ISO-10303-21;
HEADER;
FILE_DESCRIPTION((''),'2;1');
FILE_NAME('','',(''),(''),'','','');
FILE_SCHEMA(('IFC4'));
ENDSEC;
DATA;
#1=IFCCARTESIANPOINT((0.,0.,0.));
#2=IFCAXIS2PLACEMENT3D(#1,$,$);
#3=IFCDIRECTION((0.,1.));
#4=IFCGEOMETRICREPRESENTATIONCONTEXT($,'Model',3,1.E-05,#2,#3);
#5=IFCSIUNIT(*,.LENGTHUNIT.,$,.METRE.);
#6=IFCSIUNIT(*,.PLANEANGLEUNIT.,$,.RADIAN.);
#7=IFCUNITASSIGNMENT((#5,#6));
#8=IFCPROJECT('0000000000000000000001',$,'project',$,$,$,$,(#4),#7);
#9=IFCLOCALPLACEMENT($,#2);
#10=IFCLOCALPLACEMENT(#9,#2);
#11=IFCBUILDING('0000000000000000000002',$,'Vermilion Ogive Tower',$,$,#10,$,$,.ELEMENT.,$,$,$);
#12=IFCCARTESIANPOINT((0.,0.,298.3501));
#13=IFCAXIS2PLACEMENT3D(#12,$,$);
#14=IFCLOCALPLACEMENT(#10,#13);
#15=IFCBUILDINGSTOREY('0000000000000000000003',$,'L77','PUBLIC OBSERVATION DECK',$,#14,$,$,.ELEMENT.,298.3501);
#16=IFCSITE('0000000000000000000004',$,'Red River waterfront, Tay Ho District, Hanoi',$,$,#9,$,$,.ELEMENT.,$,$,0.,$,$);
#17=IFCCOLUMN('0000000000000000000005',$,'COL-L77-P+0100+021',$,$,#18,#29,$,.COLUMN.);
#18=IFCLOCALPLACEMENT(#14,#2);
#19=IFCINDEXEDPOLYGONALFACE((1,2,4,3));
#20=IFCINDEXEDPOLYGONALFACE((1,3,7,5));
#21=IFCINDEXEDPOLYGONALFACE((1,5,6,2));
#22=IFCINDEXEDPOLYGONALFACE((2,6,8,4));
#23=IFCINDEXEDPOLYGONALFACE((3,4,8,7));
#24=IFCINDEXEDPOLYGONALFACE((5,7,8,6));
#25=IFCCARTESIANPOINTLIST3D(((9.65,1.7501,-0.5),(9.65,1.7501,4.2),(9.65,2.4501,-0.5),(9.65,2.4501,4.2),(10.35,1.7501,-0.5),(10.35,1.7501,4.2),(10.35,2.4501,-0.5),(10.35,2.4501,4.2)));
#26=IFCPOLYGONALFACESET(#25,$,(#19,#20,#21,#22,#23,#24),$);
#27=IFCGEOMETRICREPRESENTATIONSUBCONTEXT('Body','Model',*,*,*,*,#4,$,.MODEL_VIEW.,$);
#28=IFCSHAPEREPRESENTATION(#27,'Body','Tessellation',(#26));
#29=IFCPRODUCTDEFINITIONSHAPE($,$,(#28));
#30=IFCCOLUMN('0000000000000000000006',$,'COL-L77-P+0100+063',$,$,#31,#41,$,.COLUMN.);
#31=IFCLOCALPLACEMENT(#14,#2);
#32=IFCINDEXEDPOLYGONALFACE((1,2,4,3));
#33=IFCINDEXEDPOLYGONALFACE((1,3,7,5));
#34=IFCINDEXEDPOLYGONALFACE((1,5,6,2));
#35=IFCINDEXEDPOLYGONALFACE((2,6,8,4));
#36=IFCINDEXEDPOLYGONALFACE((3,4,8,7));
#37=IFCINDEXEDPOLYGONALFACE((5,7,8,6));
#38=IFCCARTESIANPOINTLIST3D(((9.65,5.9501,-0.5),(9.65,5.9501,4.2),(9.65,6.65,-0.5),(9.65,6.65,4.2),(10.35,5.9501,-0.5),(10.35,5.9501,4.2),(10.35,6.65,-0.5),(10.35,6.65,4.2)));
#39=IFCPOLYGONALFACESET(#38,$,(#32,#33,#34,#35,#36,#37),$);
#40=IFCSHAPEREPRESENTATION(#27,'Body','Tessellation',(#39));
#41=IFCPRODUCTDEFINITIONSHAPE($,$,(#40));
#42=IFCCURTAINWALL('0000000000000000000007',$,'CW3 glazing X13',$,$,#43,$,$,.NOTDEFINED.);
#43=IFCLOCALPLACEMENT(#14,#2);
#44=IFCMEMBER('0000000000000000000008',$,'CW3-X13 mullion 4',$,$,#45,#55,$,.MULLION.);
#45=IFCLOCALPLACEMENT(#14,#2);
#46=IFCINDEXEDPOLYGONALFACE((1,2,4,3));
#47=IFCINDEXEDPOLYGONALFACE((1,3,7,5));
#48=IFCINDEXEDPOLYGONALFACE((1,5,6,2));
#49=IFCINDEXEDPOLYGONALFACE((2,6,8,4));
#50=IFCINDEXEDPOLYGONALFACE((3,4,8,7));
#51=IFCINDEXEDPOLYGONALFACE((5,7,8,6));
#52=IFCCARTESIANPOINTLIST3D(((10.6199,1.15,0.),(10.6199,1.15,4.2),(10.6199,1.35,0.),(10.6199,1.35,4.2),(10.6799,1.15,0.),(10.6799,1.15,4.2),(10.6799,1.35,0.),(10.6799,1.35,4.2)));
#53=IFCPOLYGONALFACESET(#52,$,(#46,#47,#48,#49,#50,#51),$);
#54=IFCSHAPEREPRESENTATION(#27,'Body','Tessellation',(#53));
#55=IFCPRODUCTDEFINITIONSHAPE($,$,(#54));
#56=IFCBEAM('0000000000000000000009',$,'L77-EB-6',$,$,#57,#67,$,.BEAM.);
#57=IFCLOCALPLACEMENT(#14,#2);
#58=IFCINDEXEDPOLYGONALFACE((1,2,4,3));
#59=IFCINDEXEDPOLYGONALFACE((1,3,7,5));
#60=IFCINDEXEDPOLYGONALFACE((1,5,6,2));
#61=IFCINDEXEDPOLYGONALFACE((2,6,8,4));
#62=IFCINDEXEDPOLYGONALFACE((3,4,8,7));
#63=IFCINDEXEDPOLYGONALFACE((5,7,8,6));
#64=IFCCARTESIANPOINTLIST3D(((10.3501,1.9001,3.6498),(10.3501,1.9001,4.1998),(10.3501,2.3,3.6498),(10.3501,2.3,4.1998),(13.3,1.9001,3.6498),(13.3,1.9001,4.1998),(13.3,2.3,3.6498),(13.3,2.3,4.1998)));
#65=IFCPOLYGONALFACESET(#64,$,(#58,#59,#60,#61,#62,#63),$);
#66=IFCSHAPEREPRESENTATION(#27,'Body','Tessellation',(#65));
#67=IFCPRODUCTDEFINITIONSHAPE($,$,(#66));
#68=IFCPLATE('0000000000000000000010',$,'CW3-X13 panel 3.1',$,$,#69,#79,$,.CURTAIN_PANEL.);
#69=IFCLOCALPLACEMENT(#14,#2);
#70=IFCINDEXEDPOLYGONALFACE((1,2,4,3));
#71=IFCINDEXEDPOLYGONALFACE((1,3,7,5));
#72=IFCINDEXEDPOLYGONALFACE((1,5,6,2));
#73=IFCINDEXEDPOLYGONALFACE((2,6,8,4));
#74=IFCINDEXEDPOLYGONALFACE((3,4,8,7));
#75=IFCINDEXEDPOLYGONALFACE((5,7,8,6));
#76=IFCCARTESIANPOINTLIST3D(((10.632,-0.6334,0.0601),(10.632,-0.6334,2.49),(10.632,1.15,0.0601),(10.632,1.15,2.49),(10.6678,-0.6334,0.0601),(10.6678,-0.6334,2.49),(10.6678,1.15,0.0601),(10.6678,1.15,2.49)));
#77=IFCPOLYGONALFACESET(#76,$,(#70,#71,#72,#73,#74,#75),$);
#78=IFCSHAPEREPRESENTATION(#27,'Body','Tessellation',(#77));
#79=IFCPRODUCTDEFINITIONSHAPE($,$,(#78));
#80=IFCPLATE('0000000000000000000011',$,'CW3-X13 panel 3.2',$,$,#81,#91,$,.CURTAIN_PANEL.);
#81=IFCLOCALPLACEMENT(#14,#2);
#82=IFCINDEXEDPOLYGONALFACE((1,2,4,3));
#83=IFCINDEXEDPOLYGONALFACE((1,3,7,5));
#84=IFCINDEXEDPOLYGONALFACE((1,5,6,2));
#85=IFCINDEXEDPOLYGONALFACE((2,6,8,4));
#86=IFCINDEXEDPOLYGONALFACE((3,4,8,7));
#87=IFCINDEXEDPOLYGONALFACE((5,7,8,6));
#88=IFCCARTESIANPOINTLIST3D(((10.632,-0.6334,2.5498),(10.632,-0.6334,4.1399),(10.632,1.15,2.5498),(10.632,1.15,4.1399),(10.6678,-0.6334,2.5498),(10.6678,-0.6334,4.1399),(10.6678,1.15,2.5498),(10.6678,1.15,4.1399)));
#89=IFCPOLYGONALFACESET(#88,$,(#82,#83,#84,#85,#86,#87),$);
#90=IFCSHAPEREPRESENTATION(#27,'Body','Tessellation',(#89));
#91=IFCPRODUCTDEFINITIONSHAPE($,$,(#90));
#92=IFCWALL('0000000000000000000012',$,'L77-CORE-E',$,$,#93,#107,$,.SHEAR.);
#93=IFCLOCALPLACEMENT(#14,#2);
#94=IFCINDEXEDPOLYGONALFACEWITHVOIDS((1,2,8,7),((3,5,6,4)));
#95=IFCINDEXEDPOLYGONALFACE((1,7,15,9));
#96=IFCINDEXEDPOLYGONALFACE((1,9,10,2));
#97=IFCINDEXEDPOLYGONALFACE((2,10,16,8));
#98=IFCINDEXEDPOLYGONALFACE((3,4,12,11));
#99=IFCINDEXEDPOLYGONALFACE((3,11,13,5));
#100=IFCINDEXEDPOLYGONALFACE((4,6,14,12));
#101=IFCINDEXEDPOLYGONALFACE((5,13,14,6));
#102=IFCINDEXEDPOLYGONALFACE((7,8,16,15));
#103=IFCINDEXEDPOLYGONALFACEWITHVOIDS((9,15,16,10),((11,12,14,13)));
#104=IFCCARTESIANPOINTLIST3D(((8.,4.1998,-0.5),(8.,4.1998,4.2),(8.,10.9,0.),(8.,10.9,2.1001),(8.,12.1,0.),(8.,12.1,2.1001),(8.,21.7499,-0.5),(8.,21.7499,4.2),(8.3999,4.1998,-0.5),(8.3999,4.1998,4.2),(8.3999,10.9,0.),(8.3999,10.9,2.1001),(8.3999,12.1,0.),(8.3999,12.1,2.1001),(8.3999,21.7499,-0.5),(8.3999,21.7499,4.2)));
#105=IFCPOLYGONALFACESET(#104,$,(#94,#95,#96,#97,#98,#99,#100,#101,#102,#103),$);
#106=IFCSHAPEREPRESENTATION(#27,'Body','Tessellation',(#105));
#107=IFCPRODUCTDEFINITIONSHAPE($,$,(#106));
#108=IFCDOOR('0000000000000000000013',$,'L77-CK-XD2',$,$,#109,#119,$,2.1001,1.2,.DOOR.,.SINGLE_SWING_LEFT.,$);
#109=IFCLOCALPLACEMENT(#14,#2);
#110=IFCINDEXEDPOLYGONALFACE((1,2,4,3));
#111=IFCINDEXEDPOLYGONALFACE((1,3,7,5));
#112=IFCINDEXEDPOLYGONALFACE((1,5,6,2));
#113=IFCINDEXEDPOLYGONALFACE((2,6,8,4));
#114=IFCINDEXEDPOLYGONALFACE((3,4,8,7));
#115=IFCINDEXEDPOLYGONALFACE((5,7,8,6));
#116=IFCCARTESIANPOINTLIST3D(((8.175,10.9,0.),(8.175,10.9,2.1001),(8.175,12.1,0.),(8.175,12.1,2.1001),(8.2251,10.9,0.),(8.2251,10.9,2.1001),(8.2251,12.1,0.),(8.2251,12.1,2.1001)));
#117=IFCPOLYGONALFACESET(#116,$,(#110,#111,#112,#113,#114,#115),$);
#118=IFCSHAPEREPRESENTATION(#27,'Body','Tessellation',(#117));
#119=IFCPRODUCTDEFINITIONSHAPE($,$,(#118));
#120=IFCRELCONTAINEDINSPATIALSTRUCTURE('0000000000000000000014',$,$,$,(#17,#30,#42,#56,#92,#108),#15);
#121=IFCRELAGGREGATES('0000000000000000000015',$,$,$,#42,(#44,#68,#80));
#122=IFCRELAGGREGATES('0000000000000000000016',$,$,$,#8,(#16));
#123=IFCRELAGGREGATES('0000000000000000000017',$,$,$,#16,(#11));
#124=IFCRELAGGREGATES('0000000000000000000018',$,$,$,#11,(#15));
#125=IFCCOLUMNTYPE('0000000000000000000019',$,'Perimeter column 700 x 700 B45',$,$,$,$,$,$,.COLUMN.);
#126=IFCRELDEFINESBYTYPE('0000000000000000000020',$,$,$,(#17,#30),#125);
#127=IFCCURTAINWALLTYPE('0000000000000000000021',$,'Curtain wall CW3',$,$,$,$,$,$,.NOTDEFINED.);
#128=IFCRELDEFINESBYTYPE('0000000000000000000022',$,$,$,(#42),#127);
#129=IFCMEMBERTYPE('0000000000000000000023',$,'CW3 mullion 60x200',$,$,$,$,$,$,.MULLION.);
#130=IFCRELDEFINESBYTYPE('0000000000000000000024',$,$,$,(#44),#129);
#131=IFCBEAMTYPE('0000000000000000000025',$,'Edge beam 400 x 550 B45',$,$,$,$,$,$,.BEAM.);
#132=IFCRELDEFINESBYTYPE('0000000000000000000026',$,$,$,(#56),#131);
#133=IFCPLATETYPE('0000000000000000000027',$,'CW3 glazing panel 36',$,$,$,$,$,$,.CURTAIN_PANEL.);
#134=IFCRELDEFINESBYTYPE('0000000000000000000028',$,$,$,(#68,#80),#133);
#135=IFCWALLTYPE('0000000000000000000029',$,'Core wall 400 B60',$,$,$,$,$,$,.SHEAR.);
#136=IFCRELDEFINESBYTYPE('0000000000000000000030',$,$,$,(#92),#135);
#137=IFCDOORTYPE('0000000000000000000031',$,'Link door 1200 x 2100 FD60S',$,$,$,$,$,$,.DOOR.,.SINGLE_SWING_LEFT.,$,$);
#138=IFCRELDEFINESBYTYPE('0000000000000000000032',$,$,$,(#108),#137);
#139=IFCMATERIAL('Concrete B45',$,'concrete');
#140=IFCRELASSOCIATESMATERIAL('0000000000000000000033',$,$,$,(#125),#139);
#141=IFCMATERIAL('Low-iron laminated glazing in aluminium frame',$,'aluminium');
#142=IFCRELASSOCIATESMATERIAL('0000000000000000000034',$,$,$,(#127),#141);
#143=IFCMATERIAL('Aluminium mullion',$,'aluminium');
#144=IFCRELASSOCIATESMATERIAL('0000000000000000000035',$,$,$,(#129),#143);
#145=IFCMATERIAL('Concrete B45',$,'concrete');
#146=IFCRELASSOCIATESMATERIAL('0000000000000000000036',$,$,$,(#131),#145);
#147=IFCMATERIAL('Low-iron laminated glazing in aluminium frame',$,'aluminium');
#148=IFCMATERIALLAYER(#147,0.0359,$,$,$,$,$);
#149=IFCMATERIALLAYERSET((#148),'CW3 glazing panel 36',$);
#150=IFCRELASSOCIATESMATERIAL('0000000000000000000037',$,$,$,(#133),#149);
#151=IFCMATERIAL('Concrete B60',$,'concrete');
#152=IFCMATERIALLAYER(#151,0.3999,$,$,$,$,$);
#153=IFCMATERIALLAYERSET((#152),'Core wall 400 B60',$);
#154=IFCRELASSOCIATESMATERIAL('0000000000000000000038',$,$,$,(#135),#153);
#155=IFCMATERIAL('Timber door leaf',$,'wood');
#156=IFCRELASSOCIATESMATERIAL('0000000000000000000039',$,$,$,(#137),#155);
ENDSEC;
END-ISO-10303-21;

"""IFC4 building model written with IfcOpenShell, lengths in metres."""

from ifc_helpers import new_model, si_unit, direction, frame, frame_2d, origin, origin_2d, place, context, subcontext, project, spatial, rectangle, extrude, material, layer, layer_set, material_profile, profile_set, type_object, element, fill, aggregate, save


model = new_model("IFC4")

# Units and contexts
model_context = context("Model", 3, precision=1e-05, world=origin(), true_north=direction((0.0, 1.0)))
body_context = subcontext(model_context, "Body", "Model", "MODEL_VIEW")
ifc_project = project(units=[si_unit("LENGTHUNIT", "METRE"), si_unit("PLANEANGLEUNIT", "RADIAN")], contexts=[model_context])

# Site, building, storey
site_placement = place(None, origin())
site = spatial("IfcSite", under=ifc_project, at=site_placement, Name="Red River waterfront, Tay Ho District, Hanoi", CompositionType="ELEMENT", RefElevation=0.0)
building_placement = place(site_placement, origin())
building = spatial("IfcBuilding", under=site, at=building_placement, Name="Vermilion Ogive Tower", CompositionType="ELEMENT")
storey_placement = place(building_placement, frame((0.0, 0.0, 298.3501)))
storey = spatial("IfcBuildingStorey", under=building, at=storey_placement, Name="L77", Description="PUBLIC OBSERVATION DECK", CompositionType="ELEMENT", Elevation=298.3501)

# Columns
ifc_material_1 = material(Name="Concrete B45", Category="concrete")
ifc_material_profile_1 = material_profile(ifc_material_1, rectangle(XDim=0.7, YDim=0.7, at=origin_2d()), Name="700 x 700")
ifc_profile_set_1 = profile_set([ifc_material_profile_1], Name="Concrete B45")
column_type = type_object("IfcColumnType", Name="Perimeter column 700 x 700 B45", PredefinedType="COLUMN", material=ifc_profile_set_1)
for number, where, z_axis, x_axis, name in (
    (1, (10.0, 2.1001, -0.5), (0.0, 0.0, 1.0), (1.0, 0.0, 0.0), "COL-L77-P+0100+021"),
    (2, (10.0, 6.3, -0.5), (0.0, 0.0, 1.0), (1.0, 0.0, 0.0), "COL-L77-P+0100+063"),
):
    element("IfcColumn", number, at=place(storey_placement, frame(where, z_axis=z_axis, x_axis=x_axis)), inside=storey, type_object=column_type, Name=name, PredefinedType="COLUMN", context=body_context, shape_type="SweptSolid", body=[
        extrude(rectangle(XDim=0.7, YDim=0.7, at=origin_2d()), origin(), (0.0, 0.0, 1.0), 4.7),
    ])

# Curtain wall, member
ifc_material_2 = material(Name="Low-iron laminated glazing in aluminium frame", Category="aluminium")
curtain_wall_type = type_object("IfcCurtainWallType", Name="Curtain wall CW3", PredefinedType="NOTDEFINED", material=ifc_material_2)
curtain_wall_placement = place(storey_placement, origin())
curtain_wall = element("IfcCurtainWall", 3, at=curtain_wall_placement, inside=storey, type_object=curtain_wall_type, Name="CW3 glazing X13", PredefinedType="NOTDEFINED")
ifc_material_3 = material(Name="Aluminium mullion", Category="aluminium")
ifc_material_profile_2 = material_profile(ifc_material_3, rectangle(XDim=0.0601, YDim=0.2, at=origin_2d()), Name="AL 60x200")
ifc_profile_set_2 = profile_set([ifc_material_profile_2], Name="Aluminium mullion")
member_type = type_object("IfcMemberType", Name="CW3 mullion 60x200", PredefinedType="MULLION", material=ifc_profile_set_2)
member_placement = place(storey_placement, frame((10.6499, 1.25, 0.0), z_axis=(0.0, 0.0, 1.0), x_axis=(-1.0, 0.0, 0.0)))
member = element("IfcMember", 4, at=member_placement, type_object=member_type, Name="CW3-X13 mullion 4", PredefinedType="MULLION", context=body_context, shape_type="SweptSolid", body=[
    extrude(rectangle(XDim=0.0601, YDim=0.2, at=origin_2d()), origin(), (0.0, 0.0, 1.0), 4.2),
])

# Beam
ifc_material_4 = material(Name="Concrete B45", Category="concrete")
ifc_material_profile_3 = material_profile(ifc_material_4, rectangle(XDim=0.3999, YDim=0.55, at=origin_2d()), Name="400 x 550")
ifc_profile_set_3 = profile_set([ifc_material_profile_3], Name="Concrete B45")
beam_type = type_object("IfcBeamType", Name="Edge beam 400 x 550 B45", PredefinedType="BEAM", material=ifc_profile_set_3)
beam_placement = place(storey_placement, frame((10.3501, 2.1001, 3.9248), z_axis=(1.0, 0.0, 0.0), x_axis=(0.0, 1.0, 0.0)))
element("IfcBeam", 5, at=beam_placement, inside=storey, type_object=beam_type, Name="L77-EB-6", PredefinedType="BEAM", context=body_context, shape_type="SweptSolid", body=[
    extrude(rectangle(XDim=0.3999, YDim=0.55, at=origin_2d()), origin(), (0.0, 0.0, 1.0), 2.95),
])

# Plates
ifc_material_5 = material(Name="Low-iron laminated glazing in aluminium frame", Category="aluminium")
ifc_layer_1 = layer(ifc_material_5, 0.0359)
ifc_layer_set_1 = layer_set([ifc_layer_1], Name="CW3 glazing panel 36")
plate_type = type_object("IfcPlateType", Name="CW3 glazing panel 36", PredefinedType="CURTAIN_PANEL", material=ifc_layer_set_1)
plate_1_placement = place(storey_placement, frame((10.6499, 0.2583, 0.0601), z_axis=(0.0, 0.0, 1.0), x_axis=(0.0, 1.0, 0.0)))
plate_1 = element("IfcPlate", 6, at=plate_1_placement, type_object=plate_type, Name="CW3-X13 panel 3.1", PredefinedType="CURTAIN_PANEL", context=body_context, shape_type="SweptSolid", body=[
    extrude(rectangle(XDim=1.7834, YDim=0.0359, at=origin_2d()), origin(), (0.0, 0.0, 1.0), 2.4299),
])
plate_2_placement = place(storey_placement, frame((10.6499, 0.2583, 2.5498), z_axis=(0.0, 0.0, 1.0), x_axis=(0.0, 1.0, 0.0)))
plate_2 = element("IfcPlate", 7, at=plate_2_placement, type_object=plate_type, Name="CW3-X13 panel 3.2", PredefinedType="CURTAIN_PANEL", context=body_context, shape_type="SweptSolid", body=[
    extrude(rectangle(XDim=1.7834, YDim=0.0359, at=origin_2d()), origin(), (0.0, 0.0, 1.0), 1.5901),
])
aggregate(curtain_wall, [member, plate_1, plate_2])

# Wall, opening, door
ifc_material_6 = material(Name="Concrete B60", Category="concrete")
ifc_layer_2 = layer(ifc_material_6, 0.3999)
ifc_layer_set_2 = layer_set([ifc_layer_2], Name="Core wall 400 B60")
wall_type_1 = type_object("IfcWallType", Name="Core wall 400 B60", PredefinedType="SHEAR", material=ifc_layer_set_2)
wall_1_placement = place(storey_placement, frame((8.2, 4.2, -0.5), z_axis=(0.0, 0.0, 1.0), x_axis=(0.0, 1.0, 0.0)))
wall_1 = element("IfcWall", 8, at=wall_1_placement, inside=storey, type_object=wall_type_1, Name="L77-CORE-E", PredefinedType="SHEAR", context=body_context, shape_type="SweptSolid", body=[
    extrude(rectangle(XDim=17.55, YDim=0.3999, at=frame_2d((8.7749, 0.0))), origin(), (0.0, 0.0, 1.0), 4.7),
])
opening_1_placement = place(wall_1_placement, frame((6.7, 0.0, 0.5)))
opening_1 = element("IfcOpeningElement", 9, at=opening_1_placement, cuts=wall_1, PredefinedType="OPENING", context=body_context, shape_type="SweptSolid", body=[
    extrude(rectangle(XDim=1.2, YDim=2.1001, at=frame_2d((0.6001, 1.05))), frame((0.0, 0.21, 0.0), z_axis=(0.0, -1.0, 0.0), x_axis=(1.0, 0.0, 0.0)), (0.0, 0.0, 1.0), 0.4199),
])
ifc_material_7 = material(Name="Timber door leaf", Category="wood")
door_type_1 = type_object("IfcDoorType", Name="Link door 1200 x 2100 FD60S", OperationType="SINGLE_SWING_LEFT", PredefinedType="DOOR", material=ifc_material_7)
door_1_placement = place(opening_1_placement, origin())
door_1 = element("IfcDoor", 10, at=door_1_placement, inside=storey, type_object=door_type_1, Name="L77-CK-XD2", OperationType="SINGLE_SWING_LEFT", OverallHeight=2.1001, OverallWidth=1.2, PredefinedType="DOOR", context=body_context, shape_type="SweptSolid", body=[
    extrude(rectangle(XDim=1.2, YDim=2.1001, at=frame_2d((0.6001, 1.05))), frame((0.0, 0.0249, 0.0), z_axis=(0.0, -1.0, 0.0), x_axis=(1.0, 0.0, 0.0)), (0.0, 0.0, 1.0), 0.05),
])
fill(opening_1, door_1)

save(model, "model.ifc")
